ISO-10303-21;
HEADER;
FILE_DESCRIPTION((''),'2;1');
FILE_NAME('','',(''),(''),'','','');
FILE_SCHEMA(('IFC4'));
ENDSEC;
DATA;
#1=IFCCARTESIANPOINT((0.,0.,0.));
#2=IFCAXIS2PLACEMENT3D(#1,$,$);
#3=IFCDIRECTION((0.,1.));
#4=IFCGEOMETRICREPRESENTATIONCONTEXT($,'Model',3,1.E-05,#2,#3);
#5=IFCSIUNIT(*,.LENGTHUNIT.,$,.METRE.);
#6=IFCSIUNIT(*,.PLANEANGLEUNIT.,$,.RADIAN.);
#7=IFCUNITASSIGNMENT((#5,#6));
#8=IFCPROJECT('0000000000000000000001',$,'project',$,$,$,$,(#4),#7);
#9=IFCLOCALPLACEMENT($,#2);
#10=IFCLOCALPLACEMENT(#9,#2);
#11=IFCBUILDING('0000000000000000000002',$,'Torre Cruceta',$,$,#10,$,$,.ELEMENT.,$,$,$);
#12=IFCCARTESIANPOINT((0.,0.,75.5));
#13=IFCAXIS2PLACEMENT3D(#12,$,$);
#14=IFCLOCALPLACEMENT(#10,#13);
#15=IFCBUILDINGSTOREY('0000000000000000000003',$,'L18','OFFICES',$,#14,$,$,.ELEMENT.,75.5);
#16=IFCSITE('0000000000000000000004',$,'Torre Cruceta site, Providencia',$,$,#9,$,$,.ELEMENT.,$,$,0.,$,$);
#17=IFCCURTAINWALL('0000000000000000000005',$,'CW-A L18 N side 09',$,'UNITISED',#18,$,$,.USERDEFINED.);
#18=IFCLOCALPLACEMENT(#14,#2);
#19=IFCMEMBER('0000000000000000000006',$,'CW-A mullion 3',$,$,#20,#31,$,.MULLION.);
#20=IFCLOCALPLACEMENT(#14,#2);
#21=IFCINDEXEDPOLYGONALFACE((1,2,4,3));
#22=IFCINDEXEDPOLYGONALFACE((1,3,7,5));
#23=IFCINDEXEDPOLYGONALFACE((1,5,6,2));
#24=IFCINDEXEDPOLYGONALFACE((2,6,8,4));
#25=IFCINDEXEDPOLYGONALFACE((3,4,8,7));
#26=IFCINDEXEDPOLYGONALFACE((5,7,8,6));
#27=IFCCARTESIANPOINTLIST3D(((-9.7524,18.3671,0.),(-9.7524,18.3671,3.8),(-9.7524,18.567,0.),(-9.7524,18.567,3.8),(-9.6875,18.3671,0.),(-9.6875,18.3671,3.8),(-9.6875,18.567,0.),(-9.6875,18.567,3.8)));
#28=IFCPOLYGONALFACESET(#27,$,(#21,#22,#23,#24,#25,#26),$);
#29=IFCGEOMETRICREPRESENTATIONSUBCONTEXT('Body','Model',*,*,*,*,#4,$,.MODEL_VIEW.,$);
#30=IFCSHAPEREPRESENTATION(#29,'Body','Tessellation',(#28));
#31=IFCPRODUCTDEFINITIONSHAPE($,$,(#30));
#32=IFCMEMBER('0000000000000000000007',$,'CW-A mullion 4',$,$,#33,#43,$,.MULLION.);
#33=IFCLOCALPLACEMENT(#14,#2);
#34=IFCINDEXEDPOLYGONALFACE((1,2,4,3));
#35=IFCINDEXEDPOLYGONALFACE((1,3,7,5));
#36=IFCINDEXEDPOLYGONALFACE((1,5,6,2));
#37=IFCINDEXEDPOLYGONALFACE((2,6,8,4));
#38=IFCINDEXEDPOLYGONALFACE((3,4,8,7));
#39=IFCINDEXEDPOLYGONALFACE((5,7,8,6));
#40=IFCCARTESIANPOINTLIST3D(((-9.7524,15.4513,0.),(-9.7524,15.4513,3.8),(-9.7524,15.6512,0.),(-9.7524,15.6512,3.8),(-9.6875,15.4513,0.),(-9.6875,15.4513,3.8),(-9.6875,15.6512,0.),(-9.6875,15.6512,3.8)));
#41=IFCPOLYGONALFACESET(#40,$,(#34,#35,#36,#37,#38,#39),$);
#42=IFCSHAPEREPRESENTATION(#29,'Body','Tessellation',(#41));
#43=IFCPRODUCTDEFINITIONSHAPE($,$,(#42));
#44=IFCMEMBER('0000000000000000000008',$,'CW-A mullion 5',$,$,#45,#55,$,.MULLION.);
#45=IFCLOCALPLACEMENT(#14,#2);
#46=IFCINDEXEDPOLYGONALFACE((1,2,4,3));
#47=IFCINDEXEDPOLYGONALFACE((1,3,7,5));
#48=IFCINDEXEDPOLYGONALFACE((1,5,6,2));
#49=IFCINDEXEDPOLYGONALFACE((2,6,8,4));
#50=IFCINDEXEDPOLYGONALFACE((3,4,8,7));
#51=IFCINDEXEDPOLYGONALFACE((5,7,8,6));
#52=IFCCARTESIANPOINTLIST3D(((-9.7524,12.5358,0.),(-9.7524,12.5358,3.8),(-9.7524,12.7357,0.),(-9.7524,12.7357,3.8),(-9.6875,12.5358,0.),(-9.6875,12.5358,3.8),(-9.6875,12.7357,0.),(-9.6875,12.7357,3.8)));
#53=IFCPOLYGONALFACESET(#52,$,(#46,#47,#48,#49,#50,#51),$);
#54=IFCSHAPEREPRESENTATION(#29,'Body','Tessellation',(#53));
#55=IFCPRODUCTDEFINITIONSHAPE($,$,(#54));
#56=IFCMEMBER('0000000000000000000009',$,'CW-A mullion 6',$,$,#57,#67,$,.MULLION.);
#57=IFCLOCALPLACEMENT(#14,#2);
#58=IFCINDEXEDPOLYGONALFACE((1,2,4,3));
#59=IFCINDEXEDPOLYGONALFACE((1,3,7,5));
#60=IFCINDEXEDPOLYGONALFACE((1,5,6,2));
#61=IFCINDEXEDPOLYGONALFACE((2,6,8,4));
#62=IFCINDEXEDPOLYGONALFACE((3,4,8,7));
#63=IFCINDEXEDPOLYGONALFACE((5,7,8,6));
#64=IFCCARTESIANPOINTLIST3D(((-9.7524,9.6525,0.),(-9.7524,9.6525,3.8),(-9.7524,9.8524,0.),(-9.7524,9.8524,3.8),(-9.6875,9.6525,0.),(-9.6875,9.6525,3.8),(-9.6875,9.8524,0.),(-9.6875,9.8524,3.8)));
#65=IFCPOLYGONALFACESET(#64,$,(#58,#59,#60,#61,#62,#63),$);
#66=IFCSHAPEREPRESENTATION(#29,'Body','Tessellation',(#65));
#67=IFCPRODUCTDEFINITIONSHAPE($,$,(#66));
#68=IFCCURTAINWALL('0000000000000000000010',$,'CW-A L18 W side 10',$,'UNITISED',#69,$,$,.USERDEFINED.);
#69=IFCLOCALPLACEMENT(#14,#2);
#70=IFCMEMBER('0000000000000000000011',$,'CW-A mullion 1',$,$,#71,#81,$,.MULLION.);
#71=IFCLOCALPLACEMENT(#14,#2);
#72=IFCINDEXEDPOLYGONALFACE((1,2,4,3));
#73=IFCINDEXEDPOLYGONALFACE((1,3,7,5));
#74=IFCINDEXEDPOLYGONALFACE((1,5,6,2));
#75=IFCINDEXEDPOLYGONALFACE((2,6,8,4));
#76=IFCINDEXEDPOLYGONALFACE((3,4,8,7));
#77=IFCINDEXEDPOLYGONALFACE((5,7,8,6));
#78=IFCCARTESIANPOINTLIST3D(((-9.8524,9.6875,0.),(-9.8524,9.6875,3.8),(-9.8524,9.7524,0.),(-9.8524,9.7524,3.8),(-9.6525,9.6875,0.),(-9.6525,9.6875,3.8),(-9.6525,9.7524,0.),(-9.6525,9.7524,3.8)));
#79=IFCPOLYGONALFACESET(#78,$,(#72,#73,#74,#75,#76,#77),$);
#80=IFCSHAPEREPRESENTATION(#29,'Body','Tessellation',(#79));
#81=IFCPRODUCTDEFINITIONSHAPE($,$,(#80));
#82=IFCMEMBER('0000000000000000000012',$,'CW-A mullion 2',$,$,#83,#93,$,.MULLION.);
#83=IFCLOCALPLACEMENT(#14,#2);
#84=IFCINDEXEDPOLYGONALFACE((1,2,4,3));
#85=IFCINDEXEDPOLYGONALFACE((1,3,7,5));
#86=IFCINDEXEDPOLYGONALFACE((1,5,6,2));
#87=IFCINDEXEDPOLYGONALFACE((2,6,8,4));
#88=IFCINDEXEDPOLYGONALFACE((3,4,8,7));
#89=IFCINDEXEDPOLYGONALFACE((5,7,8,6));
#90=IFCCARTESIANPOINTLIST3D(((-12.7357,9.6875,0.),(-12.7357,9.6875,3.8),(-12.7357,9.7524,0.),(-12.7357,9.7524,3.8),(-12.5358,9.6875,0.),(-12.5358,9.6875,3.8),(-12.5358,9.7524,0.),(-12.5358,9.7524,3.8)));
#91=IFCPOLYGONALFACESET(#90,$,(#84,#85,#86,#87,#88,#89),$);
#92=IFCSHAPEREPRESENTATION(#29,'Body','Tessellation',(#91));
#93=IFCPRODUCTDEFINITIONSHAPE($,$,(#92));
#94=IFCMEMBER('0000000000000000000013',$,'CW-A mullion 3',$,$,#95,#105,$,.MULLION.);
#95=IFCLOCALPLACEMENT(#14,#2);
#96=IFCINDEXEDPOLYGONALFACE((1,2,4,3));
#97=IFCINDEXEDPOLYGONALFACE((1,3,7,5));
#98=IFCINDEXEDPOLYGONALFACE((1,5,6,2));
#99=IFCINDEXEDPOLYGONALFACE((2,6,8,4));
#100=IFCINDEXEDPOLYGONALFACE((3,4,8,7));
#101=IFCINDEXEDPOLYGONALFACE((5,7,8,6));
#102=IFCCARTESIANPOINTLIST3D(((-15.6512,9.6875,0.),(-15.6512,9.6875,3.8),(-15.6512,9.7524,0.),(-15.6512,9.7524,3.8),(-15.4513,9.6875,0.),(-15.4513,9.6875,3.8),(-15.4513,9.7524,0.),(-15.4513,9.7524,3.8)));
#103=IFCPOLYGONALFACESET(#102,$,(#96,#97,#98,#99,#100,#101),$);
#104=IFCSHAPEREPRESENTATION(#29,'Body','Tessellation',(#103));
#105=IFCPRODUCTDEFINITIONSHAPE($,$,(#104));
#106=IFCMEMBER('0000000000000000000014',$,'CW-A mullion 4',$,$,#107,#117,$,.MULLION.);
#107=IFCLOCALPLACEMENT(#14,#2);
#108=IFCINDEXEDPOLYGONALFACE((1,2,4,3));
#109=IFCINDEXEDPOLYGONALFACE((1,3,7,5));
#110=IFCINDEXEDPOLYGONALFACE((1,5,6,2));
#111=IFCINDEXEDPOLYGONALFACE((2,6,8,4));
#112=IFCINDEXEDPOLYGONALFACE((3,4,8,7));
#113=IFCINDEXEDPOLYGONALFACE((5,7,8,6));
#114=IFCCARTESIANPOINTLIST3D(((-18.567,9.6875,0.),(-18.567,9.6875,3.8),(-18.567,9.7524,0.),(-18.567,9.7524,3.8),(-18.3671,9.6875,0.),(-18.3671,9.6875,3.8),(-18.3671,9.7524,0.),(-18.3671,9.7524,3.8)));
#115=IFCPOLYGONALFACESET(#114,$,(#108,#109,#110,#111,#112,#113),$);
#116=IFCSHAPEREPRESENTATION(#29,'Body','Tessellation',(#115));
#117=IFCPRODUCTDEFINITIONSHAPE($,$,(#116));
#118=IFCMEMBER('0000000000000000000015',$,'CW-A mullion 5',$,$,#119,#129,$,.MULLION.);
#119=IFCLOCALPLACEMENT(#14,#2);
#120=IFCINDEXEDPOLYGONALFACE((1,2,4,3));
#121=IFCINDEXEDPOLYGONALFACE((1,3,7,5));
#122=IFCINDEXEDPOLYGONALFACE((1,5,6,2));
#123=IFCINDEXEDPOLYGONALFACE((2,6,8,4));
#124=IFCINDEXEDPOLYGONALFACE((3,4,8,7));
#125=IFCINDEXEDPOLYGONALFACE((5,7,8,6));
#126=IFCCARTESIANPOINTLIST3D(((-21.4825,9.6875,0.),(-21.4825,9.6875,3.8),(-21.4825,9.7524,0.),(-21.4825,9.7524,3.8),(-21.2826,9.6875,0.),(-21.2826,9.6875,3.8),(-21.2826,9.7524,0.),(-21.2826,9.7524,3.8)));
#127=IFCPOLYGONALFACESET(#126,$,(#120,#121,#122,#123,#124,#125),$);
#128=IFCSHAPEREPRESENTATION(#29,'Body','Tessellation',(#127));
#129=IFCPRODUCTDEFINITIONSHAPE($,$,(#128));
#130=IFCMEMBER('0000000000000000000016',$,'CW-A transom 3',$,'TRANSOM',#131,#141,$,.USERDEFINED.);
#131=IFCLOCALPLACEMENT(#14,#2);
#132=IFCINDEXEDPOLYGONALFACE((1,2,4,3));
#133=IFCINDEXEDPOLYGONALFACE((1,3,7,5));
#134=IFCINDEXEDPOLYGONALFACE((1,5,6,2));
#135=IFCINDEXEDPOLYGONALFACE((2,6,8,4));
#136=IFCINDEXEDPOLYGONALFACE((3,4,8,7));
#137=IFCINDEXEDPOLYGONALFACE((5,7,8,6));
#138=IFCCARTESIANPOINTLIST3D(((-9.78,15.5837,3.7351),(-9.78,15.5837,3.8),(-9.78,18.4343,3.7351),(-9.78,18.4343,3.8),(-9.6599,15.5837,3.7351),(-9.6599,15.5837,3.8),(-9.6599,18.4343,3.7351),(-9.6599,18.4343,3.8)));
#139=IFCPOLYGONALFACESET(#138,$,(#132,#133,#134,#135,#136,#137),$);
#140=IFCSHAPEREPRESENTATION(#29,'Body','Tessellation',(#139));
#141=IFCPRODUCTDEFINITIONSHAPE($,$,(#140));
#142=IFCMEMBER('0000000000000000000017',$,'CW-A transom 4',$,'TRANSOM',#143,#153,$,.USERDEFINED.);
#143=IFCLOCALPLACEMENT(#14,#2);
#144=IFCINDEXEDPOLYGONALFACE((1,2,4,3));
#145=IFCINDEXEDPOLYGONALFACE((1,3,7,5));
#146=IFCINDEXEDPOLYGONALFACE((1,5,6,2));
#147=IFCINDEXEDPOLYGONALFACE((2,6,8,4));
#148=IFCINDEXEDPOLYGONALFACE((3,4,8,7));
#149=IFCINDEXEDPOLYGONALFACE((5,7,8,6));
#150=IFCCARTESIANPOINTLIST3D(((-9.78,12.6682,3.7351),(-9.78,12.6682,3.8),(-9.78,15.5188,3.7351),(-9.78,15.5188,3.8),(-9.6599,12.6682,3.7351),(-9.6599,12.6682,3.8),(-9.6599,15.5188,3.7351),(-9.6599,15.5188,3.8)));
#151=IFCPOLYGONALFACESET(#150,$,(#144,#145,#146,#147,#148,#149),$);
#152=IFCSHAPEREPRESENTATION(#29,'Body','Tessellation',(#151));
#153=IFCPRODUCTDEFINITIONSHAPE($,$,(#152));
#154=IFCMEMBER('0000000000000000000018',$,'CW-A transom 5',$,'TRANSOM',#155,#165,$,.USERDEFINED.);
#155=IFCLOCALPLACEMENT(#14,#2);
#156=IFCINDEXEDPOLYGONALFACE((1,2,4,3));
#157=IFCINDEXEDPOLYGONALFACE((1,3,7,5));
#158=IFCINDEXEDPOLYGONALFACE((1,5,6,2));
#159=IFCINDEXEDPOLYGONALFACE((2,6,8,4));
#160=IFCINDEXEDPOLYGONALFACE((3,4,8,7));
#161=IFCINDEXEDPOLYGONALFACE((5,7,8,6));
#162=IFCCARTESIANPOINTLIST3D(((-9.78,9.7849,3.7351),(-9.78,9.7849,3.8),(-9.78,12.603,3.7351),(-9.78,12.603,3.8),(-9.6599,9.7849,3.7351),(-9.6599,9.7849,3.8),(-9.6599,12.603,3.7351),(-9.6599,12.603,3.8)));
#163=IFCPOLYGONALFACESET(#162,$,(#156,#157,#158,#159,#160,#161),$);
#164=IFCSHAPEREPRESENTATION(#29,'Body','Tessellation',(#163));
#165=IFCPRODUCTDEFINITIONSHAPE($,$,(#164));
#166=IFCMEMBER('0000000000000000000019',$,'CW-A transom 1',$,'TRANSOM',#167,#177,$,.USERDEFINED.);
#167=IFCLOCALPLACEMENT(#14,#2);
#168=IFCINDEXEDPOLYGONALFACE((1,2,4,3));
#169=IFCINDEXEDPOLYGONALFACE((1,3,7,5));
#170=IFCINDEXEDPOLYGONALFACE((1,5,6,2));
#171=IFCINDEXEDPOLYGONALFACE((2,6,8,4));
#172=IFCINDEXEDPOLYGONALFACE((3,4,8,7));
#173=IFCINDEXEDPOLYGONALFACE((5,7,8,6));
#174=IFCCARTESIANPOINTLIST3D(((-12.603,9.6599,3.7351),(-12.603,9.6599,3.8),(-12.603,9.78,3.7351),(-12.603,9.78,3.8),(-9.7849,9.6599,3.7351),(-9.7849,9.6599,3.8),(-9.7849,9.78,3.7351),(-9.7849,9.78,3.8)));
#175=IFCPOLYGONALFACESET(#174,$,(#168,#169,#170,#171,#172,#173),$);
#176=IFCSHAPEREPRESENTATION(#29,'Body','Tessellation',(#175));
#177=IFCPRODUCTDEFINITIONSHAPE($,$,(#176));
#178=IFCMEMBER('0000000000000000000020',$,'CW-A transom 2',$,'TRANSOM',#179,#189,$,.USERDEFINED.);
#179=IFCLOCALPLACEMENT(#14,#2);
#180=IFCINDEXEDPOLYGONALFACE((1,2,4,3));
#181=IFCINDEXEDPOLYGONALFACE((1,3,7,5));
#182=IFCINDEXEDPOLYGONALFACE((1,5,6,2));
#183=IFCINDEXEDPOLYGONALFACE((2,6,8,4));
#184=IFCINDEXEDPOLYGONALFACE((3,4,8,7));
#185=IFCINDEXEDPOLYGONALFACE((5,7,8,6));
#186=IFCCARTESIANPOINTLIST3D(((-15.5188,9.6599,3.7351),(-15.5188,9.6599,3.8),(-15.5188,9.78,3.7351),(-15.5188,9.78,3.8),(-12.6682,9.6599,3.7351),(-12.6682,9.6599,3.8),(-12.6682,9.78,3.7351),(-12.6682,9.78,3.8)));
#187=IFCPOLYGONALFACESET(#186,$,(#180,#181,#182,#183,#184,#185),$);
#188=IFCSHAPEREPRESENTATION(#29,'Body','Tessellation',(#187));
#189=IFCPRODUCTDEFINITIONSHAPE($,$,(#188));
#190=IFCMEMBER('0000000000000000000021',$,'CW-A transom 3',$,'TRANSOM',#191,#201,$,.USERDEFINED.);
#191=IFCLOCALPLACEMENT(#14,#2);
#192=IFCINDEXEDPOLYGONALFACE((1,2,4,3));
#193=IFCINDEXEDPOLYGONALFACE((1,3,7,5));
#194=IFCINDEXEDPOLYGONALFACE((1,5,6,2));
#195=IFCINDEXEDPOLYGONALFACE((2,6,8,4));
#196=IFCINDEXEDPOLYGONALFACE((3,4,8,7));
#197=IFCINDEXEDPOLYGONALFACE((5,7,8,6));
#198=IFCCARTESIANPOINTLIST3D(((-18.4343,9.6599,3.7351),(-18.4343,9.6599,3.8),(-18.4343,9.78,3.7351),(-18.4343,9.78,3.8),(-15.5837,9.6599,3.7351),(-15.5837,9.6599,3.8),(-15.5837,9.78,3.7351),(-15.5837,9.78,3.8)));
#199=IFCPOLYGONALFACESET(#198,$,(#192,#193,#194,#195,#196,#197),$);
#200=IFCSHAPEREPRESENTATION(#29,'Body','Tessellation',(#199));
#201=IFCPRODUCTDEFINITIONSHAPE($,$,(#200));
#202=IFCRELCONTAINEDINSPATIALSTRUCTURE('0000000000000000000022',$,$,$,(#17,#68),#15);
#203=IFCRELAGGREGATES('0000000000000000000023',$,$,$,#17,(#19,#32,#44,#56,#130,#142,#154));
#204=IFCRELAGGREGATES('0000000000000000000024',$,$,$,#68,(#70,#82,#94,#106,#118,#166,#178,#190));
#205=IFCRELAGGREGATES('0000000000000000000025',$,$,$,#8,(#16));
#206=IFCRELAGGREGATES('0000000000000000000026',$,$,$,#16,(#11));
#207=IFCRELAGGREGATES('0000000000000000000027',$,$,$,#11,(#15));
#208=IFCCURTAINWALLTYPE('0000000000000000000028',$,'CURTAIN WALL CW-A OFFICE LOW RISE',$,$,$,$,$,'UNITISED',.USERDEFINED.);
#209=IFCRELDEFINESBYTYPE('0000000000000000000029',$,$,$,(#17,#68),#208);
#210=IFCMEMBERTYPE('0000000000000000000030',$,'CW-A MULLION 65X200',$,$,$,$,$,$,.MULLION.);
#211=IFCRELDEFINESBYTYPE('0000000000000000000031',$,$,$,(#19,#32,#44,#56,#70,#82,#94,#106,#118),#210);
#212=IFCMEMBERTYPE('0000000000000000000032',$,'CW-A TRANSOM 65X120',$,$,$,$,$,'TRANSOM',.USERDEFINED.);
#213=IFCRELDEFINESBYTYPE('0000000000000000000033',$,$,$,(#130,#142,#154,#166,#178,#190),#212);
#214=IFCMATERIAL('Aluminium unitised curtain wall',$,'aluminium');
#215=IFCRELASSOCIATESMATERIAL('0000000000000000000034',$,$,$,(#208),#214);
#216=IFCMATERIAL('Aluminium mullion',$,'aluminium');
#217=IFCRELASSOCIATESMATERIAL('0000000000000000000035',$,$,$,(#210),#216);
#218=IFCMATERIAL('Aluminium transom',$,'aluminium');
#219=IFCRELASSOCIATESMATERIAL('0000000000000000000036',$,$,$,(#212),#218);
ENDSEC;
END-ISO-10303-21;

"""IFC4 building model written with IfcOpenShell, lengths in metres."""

from ifc_helpers import new_model, si_unit, direction, frame, origin, origin_2d, place, context, subcontext, project, spatial, rectangle, extrude, material, material_profile, profile_set, type_object, element, aggregate, save


model = new_model("IFC4")

# Units and contexts
model_context = context("Model", 3, precision=1e-05, world=origin(), true_north=direction((0.0, 1.0)))
body_context = subcontext(model_context, "Body", "Model", "MODEL_VIEW")
ifc_project = project(units=[si_unit("LENGTHUNIT", "METRE"), si_unit("PLANEANGLEUNIT", "RADIAN")], contexts=[model_context])

# Site, building, storey
site_placement = place(None, origin())
site = spatial("IfcSite", under=ifc_project, at=site_placement, Name="Torre Cruceta site, Providencia", CompositionType="ELEMENT", RefElevation=0.0)
building_placement = place(site_placement, origin())
building = spatial("IfcBuilding", under=site, at=building_placement, Name="Torre Cruceta", CompositionType="ELEMENT")
storey_placement = place(building_placement, frame((0.0, 0.0, 75.5)))
storey = spatial("IfcBuildingStorey", under=building, at=storey_placement, Name="L18", Description="OFFICES", CompositionType="ELEMENT", Elevation=75.5)

# Curtain walls, members
ifc_material_1 = material(Name="Aluminium unitised curtain wall", Category="aluminium")
curtain_wall_type = type_object("IfcCurtainWallType", Name="CURTAIN WALL CW-A OFFICE LOW RISE", ElementType="UNITISED", PredefinedType="USERDEFINED", material=ifc_material_1)
curtain_wall_1_placement = place(storey_placement, origin())
curtain_wall_1 = element("IfcCurtainWall", 1, at=curtain_wall_1_placement, inside=storey, type_object=curtain_wall_type, Name="CW-A L18 N side 09", ObjectType="UNITISED", PredefinedType="USERDEFINED")
ifc_material_2 = material(Name="Aluminium mullion", Category="aluminium")
ifc_material_profile_1 = material_profile(ifc_material_2, rectangle(XDim=0.0649, YDim=0.2, at=origin_2d()), Name="AL 65X200")
ifc_profile_set_1 = profile_set([ifc_material_profile_1], Name="Aluminium mullion")
member_type_1 = type_object("IfcMemberType", Name="CW-A MULLION 65X200", PredefinedType="MULLION", material=ifc_profile_set_1)
member_1_placement = place(storey_placement, frame((-9.72, 18.467, 0.0), z_axis=(0.0, 0.0, 1.0), x_axis=(1.0, 0.0, 0.0)))
member_1 = element("IfcMember", 2, at=member_1_placement, type_object=member_type_1, Name="CW-A mullion 3", PredefinedType="MULLION", context=body_context, shape_type="SweptSolid", body=[
    extrude(rectangle(XDim=0.0649, YDim=0.2, at=origin_2d()), origin(), (0.0, 0.0, 1.0), 3.8),
])
member_2_placement = place(storey_placement, frame((-9.72, 15.5513, 0.0), z_axis=(0.0, 0.0, 1.0), x_axis=(1.0, 0.0, 0.0)))
member_2 = element("IfcMember", 3, at=member_2_placement, type_object=member_type_1, Name="CW-A mullion 4", PredefinedType="MULLION", context=body_context, shape_type="SweptSolid", body=[
    extrude(rectangle(XDim=0.0649, YDim=0.2, at=origin_2d()), origin(), (0.0, 0.0, 1.0), 3.8),
])
member_3_placement = place(storey_placement, frame((-9.72, 12.6357, 0.0), z_axis=(0.0, 0.0, 1.0), x_axis=(1.0, 0.0, 0.0)))
member_3 = element("IfcMember", 4, at=member_3_placement, type_object=member_type_1, Name="CW-A mullion 5", PredefinedType="MULLION", context=body_context, shape_type="SweptSolid", body=[
    extrude(rectangle(XDim=0.0649, YDim=0.2, at=origin_2d()), origin(), (0.0, 0.0, 1.0), 3.8),
])
member_4_placement = place(storey_placement, frame((-9.72, 9.7524, 0.0), z_axis=(0.0, 0.0, 1.0), x_axis=(1.0, 0.0, 0.0)))
member_4 = element("IfcMember", 5, at=member_4_placement, type_object=member_type_1, Name="CW-A mullion 6", PredefinedType="MULLION", context=body_context, shape_type="SweptSolid", body=[
    extrude(rectangle(XDim=0.0649, YDim=0.2, at=origin_2d()), origin(), (0.0, 0.0, 1.0), 3.8),
])
curtain_wall_2_placement = place(storey_placement, origin())
curtain_wall_2 = element("IfcCurtainWall", 6, at=curtain_wall_2_placement, inside=storey, type_object=curtain_wall_type, Name="CW-A L18 W side 10", ObjectType="UNITISED", PredefinedType="USERDEFINED")
member_5_placement = place(storey_placement, frame((-9.7524, 9.72, 0.0), z_axis=(0.0, 0.0, 1.0), x_axis=(0.0, -1.0, 0.0)))
member_5 = element("IfcMember", 7, at=member_5_placement, type_object=member_type_1, Name="CW-A mullion 1", PredefinedType="MULLION", context=body_context, shape_type="SweptSolid", body=[
    extrude(rectangle(XDim=0.0649, YDim=0.2, at=origin_2d()), origin(), (0.0, 0.0, 1.0), 3.8),
])
member_6_placement = place(storey_placement, frame((-12.6357, 9.72, 0.0), z_axis=(0.0, 0.0, 1.0), x_axis=(0.0, -1.0, 0.0)))
member_6 = element("IfcMember", 8, at=member_6_placement, type_object=member_type_1, Name="CW-A mullion 2", PredefinedType="MULLION", context=body_context, shape_type="SweptSolid", body=[
    extrude(rectangle(XDim=0.0649, YDim=0.2, at=origin_2d()), origin(), (0.0, 0.0, 1.0), 3.8),
])
member_7_placement = place(storey_placement, frame((-15.5513, 9.72, 0.0), z_axis=(0.0, 0.0, 1.0), x_axis=(0.0, -1.0, 0.0)))
member_7 = element("IfcMember", 9, at=member_7_placement, type_object=member_type_1, Name="CW-A mullion 3", PredefinedType="MULLION", context=body_context, shape_type="SweptSolid", body=[
    extrude(rectangle(XDim=0.0649, YDim=0.2, at=origin_2d()), origin(), (0.0, 0.0, 1.0), 3.8),
])
member_8_placement = place(storey_placement, frame((-18.467, 9.72, 0.0), z_axis=(0.0, 0.0, 1.0), x_axis=(0.0, -1.0, 0.0)))
member_8 = element("IfcMember", 10, at=member_8_placement, type_object=member_type_1, Name="CW-A mullion 4", PredefinedType="MULLION", context=body_context, shape_type="SweptSolid", body=[
    extrude(rectangle(XDim=0.0649, YDim=0.2, at=origin_2d()), origin(), (0.0, 0.0, 1.0), 3.8),
])
member_9_placement = place(storey_placement, frame((-21.3826, 9.72, 0.0), z_axis=(0.0, 0.0, 1.0), x_axis=(0.0, -1.0, 0.0)))
member_9 = element("IfcMember", 11, at=member_9_placement, type_object=member_type_1, Name="CW-A mullion 5", PredefinedType="MULLION", context=body_context, shape_type="SweptSolid", body=[
    extrude(rectangle(XDim=0.0649, YDim=0.2, at=origin_2d()), origin(), (0.0, 0.0, 1.0), 3.8),
])

# Members
ifc_material_3 = material(Name="Aluminium transom", Category="aluminium")
ifc_material_profile_2 = material_profile(ifc_material_3, rectangle(XDim=0.1201, YDim=0.0649, at=origin_2d()), Name="AL 120X65")
ifc_profile_set_2 = profile_set([ifc_material_profile_2], Name="Aluminium transom")
member_type_2 = type_object("IfcMemberType", Name="CW-A TRANSOM 65X120", ElementType="TRANSOM", PredefinedType="USERDEFINED", material=ifc_profile_set_2)
member_10_placement = place(storey_placement, frame((-9.72, 18.4343, 3.7676), z_axis=(0.0, -1.0, 0.0), x_axis=(1.0, 0.0, 0.0)))
member_10 = element("IfcMember", 12, at=member_10_placement, type_object=member_type_2, Name="CW-A transom 3", ObjectType="TRANSOM", PredefinedType="USERDEFINED", context=body_context, shape_type="SweptSolid", body=[
    extrude(rectangle(XDim=0.1201, YDim=0.0649, at=origin_2d()), origin(), (0.0, 0.0, 1.0), 2.8506),
])
member_11_placement = place(storey_placement, frame((-9.72, 15.5188, 3.7676), z_axis=(0.0, -1.0, 0.0), x_axis=(1.0, 0.0, 0.0)))
member_11 = element("IfcMember", 13, at=member_11_placement, type_object=member_type_2, Name="CW-A transom 4", ObjectType="TRANSOM", PredefinedType="USERDEFINED", context=body_context, shape_type="SweptSolid", body=[
    extrude(rectangle(XDim=0.1201, YDim=0.0649, at=origin_2d()), origin(), (0.0, 0.0, 1.0), 2.8506),
])
member_12_placement = place(storey_placement, frame((-9.72, 12.603, 3.7676), z_axis=(0.0, -1.0, 0.0), x_axis=(1.0, 0.0, 0.0)))
member_12 = element("IfcMember", 14, at=member_12_placement, type_object=member_type_2, Name="CW-A transom 5", ObjectType="TRANSOM", PredefinedType="USERDEFINED", context=body_context, shape_type="SweptSolid", body=[
    extrude(rectangle(XDim=0.1201, YDim=0.0649, at=origin_2d()), origin(), (0.0, 0.0, 1.0), 2.8181),
])
member_13_placement = place(storey_placement, frame((-9.7849, 9.72, 3.7676), z_axis=(-1.0, 0.0, 0.0), x_axis=(0.0, -1.0, 0.0)))
member_13 = element("IfcMember", 15, at=member_13_placement, type_object=member_type_2, Name="CW-A transom 1", ObjectType="TRANSOM", PredefinedType="USERDEFINED", context=body_context, shape_type="SweptSolid", body=[
    extrude(rectangle(XDim=0.1201, YDim=0.0649, at=origin_2d()), origin(), (0.0, 0.0, 1.0), 2.8181),
])
member_14_placement = place(storey_placement, frame((-12.6682, 9.72, 3.7676), z_axis=(-1.0, 0.0, 0.0), x_axis=(0.0, -1.0, 0.0)))
member_14 = element("IfcMember", 16, at=member_14_placement, type_object=member_type_2, Name="CW-A transom 2", ObjectType="TRANSOM", PredefinedType="USERDEFINED", context=body_context, shape_type="SweptSolid", body=[
    extrude(rectangle(XDim=0.1201, YDim=0.0649, at=origin_2d()), origin(), (0.0, 0.0, 1.0), 2.8506),
])
member_15_placement = place(storey_placement, frame((-15.5837, 9.72, 3.7676), z_axis=(-1.0, 0.0, 0.0), x_axis=(0.0, -1.0, 0.0)))
member_15 = element("IfcMember", 17, at=member_15_placement, type_object=member_type_2, Name="CW-A transom 3", ObjectType="TRANSOM", PredefinedType="USERDEFINED", context=body_context, shape_type="SweptSolid", body=[
    extrude(rectangle(XDim=0.1201, YDim=0.0649, at=origin_2d()), origin(), (0.0, 0.0, 1.0), 2.8506),
])

aggregate(curtain_wall_1, [member_1, member_2, member_3, member_4, member_10, member_11, member_12])
aggregate(curtain_wall_2, [member_5, member_6, member_7, member_8, member_9, member_13, member_14, member_15])

save(model, "model.ifc")
